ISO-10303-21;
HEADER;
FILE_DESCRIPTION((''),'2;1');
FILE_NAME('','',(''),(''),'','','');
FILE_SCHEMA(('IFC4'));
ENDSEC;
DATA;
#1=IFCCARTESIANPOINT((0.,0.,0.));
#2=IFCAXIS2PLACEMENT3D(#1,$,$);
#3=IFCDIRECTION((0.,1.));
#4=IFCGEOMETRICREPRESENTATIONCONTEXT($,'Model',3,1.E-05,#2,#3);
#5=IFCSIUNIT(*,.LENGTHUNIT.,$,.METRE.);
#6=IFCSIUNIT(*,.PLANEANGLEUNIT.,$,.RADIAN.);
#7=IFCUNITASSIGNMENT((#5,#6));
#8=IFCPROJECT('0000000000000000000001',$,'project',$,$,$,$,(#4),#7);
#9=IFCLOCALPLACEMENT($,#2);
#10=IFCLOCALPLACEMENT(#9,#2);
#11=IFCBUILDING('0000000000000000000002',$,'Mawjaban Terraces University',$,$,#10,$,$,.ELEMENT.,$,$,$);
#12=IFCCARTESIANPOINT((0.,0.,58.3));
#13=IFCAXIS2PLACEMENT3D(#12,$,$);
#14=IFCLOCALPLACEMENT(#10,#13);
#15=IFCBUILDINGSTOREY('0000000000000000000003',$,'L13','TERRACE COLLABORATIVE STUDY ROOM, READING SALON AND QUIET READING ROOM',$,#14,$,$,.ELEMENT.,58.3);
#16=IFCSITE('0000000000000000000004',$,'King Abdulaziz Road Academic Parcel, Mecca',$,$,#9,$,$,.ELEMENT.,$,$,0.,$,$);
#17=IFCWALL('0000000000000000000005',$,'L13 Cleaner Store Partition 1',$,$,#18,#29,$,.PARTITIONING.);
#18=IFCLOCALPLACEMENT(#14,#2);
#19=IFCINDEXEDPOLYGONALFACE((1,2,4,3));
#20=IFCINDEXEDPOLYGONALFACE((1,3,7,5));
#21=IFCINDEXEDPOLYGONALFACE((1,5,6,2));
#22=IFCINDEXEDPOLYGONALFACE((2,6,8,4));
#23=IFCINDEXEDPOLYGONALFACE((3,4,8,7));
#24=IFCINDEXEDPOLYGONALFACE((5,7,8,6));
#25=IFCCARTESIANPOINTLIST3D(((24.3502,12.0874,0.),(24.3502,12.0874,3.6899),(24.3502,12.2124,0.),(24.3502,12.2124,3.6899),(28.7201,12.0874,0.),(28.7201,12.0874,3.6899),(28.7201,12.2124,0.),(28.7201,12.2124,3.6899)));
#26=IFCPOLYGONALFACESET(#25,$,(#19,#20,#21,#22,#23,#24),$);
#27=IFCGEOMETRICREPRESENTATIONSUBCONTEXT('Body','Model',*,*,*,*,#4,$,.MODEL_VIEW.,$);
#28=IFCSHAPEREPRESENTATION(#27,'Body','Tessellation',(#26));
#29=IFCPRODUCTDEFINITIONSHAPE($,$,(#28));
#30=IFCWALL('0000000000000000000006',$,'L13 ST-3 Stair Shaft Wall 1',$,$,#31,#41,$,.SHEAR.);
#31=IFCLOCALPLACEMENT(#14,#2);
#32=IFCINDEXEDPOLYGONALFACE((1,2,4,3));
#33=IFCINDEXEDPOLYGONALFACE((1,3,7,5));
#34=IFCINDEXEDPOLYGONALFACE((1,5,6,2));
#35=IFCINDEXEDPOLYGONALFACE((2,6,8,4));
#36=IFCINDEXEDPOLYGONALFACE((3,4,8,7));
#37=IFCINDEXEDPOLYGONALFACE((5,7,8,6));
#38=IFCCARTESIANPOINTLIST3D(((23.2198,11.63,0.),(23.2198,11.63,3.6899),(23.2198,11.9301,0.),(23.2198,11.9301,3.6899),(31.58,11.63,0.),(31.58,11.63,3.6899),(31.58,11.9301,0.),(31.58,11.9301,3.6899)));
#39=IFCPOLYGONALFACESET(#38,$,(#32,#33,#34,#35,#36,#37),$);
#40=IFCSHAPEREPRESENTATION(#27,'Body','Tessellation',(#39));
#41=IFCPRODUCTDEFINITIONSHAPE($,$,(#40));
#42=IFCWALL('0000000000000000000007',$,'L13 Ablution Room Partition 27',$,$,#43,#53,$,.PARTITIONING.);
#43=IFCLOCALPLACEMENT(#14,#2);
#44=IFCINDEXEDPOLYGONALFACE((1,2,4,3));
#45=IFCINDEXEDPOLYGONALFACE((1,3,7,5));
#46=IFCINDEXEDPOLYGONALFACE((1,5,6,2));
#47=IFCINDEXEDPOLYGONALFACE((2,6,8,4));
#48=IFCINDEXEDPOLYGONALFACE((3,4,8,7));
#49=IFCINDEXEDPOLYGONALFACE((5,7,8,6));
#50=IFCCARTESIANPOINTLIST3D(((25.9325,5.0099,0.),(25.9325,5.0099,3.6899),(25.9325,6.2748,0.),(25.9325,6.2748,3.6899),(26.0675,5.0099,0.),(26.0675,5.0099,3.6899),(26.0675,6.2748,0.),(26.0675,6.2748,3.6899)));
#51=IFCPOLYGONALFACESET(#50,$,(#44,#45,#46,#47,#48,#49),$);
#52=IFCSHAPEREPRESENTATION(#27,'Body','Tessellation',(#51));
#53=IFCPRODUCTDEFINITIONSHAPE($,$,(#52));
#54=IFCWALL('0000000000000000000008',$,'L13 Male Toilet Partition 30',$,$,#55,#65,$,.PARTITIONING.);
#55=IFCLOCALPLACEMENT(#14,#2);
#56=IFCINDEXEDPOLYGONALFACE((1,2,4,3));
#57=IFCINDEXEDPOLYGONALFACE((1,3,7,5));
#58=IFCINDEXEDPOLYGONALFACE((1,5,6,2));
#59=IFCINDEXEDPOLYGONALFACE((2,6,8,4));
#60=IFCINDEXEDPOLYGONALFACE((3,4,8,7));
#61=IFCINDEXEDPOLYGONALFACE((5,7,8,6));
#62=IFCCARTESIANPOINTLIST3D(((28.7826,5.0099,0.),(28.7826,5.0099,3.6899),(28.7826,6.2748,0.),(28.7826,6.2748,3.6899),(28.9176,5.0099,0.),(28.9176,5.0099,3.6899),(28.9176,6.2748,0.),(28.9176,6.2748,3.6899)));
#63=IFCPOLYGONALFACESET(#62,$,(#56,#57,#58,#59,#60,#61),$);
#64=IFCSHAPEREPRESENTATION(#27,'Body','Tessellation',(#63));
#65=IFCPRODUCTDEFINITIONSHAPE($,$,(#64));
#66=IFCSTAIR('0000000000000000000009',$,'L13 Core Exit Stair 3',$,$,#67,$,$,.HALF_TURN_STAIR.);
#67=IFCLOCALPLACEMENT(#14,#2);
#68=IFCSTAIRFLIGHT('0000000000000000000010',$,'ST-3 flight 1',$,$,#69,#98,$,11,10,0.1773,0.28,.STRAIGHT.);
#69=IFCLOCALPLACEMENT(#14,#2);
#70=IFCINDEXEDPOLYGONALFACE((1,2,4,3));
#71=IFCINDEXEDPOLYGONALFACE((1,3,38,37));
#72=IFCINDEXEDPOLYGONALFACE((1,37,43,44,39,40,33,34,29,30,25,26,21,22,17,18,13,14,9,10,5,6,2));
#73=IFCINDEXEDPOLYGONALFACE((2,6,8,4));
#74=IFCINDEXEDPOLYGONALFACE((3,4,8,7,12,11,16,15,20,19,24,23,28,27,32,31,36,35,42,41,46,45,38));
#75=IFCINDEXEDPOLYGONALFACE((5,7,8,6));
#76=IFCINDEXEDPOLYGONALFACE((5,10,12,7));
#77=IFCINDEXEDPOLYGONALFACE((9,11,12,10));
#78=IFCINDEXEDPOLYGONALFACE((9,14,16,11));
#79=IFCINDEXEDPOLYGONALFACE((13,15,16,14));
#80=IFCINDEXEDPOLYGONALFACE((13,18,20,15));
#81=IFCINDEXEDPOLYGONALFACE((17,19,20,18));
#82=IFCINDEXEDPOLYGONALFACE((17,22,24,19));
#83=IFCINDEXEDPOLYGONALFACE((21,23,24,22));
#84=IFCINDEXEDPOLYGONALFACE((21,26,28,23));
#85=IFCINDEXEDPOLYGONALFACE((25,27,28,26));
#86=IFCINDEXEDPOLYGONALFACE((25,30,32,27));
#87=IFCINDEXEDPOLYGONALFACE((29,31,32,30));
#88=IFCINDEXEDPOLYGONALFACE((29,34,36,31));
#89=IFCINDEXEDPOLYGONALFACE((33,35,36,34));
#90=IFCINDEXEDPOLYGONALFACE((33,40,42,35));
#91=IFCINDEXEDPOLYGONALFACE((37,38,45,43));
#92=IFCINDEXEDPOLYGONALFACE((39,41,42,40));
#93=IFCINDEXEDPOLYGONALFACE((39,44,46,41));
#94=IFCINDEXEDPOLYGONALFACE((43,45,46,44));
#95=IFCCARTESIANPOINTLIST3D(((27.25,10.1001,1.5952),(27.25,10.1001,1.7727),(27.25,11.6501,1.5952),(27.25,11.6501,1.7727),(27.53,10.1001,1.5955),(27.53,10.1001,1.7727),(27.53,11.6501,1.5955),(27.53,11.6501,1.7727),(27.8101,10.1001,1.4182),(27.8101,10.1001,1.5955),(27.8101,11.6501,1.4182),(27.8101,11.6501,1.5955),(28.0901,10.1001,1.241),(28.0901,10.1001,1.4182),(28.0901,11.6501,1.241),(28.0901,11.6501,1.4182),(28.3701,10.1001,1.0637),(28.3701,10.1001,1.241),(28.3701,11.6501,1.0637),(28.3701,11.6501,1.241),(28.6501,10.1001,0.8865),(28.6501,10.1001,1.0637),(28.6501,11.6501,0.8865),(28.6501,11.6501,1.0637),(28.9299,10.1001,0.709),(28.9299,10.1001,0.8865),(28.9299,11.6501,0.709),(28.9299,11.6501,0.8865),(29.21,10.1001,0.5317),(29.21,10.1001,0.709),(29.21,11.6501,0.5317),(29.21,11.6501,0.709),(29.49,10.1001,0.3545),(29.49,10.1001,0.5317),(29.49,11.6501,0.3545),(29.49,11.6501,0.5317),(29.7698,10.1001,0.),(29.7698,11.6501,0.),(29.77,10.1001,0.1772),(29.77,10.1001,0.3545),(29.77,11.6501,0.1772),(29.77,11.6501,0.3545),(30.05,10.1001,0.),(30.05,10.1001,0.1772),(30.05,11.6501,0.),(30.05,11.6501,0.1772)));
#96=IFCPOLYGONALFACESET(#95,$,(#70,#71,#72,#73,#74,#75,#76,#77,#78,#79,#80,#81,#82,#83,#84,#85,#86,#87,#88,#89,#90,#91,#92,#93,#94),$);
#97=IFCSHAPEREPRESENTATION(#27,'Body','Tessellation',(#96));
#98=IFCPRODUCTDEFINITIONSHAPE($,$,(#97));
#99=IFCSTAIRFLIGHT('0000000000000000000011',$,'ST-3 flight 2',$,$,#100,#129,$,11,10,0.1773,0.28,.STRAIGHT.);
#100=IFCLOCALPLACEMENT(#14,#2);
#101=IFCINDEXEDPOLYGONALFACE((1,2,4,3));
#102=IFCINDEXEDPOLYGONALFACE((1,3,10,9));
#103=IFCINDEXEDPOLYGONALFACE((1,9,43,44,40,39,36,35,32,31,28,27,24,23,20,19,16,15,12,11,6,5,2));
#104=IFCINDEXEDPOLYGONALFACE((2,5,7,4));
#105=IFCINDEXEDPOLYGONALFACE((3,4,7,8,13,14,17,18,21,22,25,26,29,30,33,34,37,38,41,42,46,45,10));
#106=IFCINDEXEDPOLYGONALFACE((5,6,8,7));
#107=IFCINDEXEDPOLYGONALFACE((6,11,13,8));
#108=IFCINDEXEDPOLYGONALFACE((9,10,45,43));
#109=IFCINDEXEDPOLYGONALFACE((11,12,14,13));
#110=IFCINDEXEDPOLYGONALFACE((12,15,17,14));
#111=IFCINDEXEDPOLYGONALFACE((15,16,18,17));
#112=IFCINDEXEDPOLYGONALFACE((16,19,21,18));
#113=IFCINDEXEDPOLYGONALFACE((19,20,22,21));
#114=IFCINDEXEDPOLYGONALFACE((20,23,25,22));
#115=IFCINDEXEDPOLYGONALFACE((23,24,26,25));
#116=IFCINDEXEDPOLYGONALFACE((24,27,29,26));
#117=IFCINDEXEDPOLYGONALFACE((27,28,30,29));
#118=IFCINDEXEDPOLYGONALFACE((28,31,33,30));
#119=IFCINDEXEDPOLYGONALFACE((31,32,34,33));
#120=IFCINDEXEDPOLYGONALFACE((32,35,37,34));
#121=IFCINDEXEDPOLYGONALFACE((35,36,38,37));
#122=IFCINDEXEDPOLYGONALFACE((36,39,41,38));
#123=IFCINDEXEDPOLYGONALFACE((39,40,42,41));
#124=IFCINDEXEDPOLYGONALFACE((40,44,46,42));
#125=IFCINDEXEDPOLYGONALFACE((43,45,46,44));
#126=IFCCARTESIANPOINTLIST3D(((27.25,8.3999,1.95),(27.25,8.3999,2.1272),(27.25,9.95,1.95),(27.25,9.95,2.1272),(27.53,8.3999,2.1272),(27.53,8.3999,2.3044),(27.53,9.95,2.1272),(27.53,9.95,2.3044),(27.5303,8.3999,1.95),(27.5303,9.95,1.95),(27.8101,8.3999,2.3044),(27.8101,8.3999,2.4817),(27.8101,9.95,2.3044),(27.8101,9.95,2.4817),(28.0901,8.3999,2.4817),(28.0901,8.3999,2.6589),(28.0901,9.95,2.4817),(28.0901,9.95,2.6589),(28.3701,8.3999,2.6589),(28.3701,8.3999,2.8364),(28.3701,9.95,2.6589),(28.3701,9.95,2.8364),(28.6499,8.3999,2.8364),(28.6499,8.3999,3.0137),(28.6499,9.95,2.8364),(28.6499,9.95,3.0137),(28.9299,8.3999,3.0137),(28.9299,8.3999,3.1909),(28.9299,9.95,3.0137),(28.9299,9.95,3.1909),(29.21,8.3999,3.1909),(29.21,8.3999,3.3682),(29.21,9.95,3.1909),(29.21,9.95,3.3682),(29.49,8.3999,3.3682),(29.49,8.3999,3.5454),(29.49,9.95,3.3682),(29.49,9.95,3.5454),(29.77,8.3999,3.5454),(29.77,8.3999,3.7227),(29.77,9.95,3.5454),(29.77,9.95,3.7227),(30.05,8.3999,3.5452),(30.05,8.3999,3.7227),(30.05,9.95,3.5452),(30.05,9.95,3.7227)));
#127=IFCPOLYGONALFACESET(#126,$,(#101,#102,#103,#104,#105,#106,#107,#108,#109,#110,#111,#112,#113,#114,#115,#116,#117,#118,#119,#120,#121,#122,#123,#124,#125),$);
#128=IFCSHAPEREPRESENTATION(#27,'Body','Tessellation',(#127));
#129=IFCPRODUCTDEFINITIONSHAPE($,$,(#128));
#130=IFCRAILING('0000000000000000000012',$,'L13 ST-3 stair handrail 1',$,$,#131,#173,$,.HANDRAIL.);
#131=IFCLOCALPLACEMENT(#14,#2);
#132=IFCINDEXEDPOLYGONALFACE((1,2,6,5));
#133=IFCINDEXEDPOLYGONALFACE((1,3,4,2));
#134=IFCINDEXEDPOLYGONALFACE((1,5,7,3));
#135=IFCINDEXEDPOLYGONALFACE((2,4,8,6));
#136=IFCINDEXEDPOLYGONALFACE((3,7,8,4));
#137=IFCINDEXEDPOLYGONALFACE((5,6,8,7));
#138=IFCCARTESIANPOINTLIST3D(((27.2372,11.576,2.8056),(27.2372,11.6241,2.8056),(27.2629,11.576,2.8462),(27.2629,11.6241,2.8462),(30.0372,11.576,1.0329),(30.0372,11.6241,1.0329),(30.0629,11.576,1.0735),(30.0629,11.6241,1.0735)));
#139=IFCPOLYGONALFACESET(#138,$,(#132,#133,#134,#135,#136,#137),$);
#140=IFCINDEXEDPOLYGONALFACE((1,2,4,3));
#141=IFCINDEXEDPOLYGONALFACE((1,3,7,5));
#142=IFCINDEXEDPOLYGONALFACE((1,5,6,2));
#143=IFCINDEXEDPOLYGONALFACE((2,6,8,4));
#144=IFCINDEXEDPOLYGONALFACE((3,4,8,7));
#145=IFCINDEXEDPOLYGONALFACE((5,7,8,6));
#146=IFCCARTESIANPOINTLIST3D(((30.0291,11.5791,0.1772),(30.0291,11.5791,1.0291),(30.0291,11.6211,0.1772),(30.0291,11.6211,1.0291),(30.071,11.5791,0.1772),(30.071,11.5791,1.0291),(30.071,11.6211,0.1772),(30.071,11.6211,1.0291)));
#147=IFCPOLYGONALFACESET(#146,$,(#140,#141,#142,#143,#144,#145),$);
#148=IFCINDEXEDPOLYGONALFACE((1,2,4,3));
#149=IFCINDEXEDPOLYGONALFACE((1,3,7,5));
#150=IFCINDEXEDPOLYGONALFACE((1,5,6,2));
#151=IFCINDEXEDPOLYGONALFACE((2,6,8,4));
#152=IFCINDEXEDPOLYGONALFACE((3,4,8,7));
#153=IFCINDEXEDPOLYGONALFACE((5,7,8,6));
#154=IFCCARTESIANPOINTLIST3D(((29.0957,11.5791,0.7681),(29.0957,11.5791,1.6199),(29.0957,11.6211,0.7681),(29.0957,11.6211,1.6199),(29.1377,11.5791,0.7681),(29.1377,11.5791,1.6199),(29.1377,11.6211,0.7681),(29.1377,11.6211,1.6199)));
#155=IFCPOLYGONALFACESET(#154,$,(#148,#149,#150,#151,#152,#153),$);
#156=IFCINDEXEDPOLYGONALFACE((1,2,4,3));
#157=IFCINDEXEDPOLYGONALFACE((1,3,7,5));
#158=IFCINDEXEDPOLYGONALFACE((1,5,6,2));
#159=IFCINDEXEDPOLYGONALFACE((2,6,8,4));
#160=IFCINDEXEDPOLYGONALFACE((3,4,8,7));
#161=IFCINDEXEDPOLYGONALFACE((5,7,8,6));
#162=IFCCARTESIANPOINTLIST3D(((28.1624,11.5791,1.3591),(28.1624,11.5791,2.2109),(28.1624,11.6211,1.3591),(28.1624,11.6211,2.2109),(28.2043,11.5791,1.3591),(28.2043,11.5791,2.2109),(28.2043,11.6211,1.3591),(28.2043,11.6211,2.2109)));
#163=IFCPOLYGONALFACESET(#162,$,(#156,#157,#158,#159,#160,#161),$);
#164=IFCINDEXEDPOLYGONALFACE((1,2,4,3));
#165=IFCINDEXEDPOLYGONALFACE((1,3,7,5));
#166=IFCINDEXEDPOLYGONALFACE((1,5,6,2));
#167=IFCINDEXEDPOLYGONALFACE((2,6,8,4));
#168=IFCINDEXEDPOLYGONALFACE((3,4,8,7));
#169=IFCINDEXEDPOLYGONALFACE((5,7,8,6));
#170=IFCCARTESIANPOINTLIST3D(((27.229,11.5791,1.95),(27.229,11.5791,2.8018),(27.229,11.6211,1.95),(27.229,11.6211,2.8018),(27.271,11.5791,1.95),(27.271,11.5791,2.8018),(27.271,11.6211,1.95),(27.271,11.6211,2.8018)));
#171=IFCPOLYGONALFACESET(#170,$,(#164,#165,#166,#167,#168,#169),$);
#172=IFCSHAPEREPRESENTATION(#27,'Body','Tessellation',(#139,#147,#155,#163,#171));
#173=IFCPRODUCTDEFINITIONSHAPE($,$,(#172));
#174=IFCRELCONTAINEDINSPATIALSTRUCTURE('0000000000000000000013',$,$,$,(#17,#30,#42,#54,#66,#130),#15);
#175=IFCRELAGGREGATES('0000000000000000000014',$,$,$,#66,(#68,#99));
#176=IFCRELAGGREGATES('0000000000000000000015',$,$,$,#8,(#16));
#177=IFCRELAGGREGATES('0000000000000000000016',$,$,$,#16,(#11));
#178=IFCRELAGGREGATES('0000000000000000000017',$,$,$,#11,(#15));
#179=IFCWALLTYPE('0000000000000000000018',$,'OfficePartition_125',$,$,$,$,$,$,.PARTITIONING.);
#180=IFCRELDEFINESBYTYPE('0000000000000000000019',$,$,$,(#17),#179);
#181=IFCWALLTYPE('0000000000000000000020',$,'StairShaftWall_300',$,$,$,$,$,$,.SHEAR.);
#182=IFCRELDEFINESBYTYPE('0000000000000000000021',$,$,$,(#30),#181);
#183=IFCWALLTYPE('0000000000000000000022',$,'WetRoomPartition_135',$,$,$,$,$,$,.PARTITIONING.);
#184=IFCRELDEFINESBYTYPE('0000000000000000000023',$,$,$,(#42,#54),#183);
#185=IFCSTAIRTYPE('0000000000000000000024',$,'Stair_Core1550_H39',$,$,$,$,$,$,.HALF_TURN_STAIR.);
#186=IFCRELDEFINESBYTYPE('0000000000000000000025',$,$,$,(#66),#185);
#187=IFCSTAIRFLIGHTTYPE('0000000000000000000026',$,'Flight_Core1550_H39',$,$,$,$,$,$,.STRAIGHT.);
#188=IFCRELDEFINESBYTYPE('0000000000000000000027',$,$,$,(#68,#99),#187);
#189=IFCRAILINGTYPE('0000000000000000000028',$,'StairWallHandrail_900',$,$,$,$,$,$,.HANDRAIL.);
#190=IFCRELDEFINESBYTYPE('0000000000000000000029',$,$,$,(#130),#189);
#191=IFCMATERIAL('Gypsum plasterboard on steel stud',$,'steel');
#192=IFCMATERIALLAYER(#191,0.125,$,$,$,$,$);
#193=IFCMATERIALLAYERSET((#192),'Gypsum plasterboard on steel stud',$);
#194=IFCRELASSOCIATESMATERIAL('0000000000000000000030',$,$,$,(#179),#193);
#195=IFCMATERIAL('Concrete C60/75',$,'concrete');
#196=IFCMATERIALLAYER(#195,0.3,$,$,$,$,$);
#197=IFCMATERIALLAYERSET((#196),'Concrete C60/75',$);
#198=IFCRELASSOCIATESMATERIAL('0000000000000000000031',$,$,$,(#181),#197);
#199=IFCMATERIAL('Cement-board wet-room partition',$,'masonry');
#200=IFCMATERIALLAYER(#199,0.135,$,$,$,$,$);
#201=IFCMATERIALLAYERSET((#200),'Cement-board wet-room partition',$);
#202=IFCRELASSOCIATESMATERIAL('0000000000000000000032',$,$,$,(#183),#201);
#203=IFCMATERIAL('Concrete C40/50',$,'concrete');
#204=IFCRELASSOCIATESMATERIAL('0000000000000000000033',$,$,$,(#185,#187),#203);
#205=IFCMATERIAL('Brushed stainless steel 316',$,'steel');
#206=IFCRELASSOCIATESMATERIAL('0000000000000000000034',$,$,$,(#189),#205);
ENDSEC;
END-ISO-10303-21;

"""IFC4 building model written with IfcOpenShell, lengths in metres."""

from ifc_helpers import new_model, si_unit, direction, frame, frame_2d, origin, origin_2d, place, context, subcontext, project, spatial, polyline, rectangle, outline, extrude, material, layer, layer_set, type_object, element, aggregate, save


model = new_model("IFC4")

# Units and contexts
model_context = context("Model", 3, precision=1e-05, world=origin(), true_north=direction((0.0, 1.0)))
body_context = subcontext(model_context, "Body", "Model", "MODEL_VIEW")
ifc_project = project(units=[si_unit("LENGTHUNIT", "METRE"), si_unit("PLANEANGLEUNIT", "RADIAN")], contexts=[model_context])

# Site, building, storey
site_placement = place(None, origin())
site = spatial("IfcSite", under=ifc_project, at=site_placement, Name="King Abdulaziz Road Academic Parcel, Mecca", CompositionType="ELEMENT", RefElevation=0.0)
building_placement = place(site_placement, origin())
building = spatial("IfcBuilding", under=site, at=building_placement, Name="Mawjaban Terraces University", CompositionType="ELEMENT")
storey_placement = place(building_placement, frame((0.0, 0.0, 58.3)))
storey = spatial("IfcBuildingStorey", under=building, at=storey_placement, Name="L13", Description="TERRACE COLLABORATIVE STUDY ROOM, READING SALON AND QUIET READING ROOM", CompositionType="ELEMENT", Elevation=58.3)

# Shared definitions
ifc_material_1 = material(Name="Concrete C40/50", Category="concrete")

# Walls
ifc_material_2 = material(Name="Gypsum plasterboard on steel stud", Category="steel")
ifc_layer_1 = layer(ifc_material_2, 0.125)
ifc_layer_set_1 = layer_set([ifc_layer_1], Name="Gypsum plasterboard on steel stud")
wall_type_1 = type_object("IfcWallType", Name="OfficePartition_125", PredefinedType="PARTITIONING", material=ifc_layer_set_1)
wall_1_placement = place(storey_placement, frame((24.3501, 12.1499, 0.0), z_axis=(0.0, 0.0, 1.0), x_axis=(1.0, 0.0, 0.0)))
element("IfcWall", 1, at=wall_1_placement, inside=storey, type_object=wall_type_1, Name="L13 Cleaner Store Partition 1", PredefinedType="PARTITIONING", context=body_context, shape_type="SweptSolid", body=[
    extrude(rectangle(XDim=4.3699, YDim=0.125, at=frame_2d((2.1851, 0.0))), origin(), (0.0, 0.0, 1.0), 3.6899),
])
ifc_material_3 = material(Name="Concrete C60/75", Category="concrete")
ifc_layer_2 = layer(ifc_material_3, 0.3)
ifc_layer_set_2 = layer_set([ifc_layer_2], Name="Concrete C60/75")
wall_type_2 = type_object("IfcWallType", Name="StairShaftWall_300", PredefinedType="SHEAR", material=ifc_layer_set_2)
wall_2_placement = place(storey_placement, frame((31.5801, 11.78, 0.0), z_axis=(0.0, 0.0, 1.0), x_axis=(-1.0, 0.0, 0.0)))
element("IfcWall", 2, at=wall_2_placement, inside=storey, type_object=wall_type_2, Name="L13 ST-3 Stair Shaft Wall 1", PredefinedType="SHEAR", context=body_context, shape_type="SweptSolid", body=[
    extrude(rectangle(XDim=8.3601, YDim=0.3, at=frame_2d((4.1802, 0.0))), origin(), (0.0, 0.0, 1.0), 3.6899),
])

# Walls
ifc_material_4 = material(Name="Cement-board wet-room partition", Category="masonry")
ifc_layer_3 = layer(ifc_material_4, 0.135)
ifc_layer_set_3 = layer_set([ifc_layer_3], Name="Cement-board wet-room partition")
wall_type_3 = type_object("IfcWallType", Name="WetRoomPartition_135", PredefinedType="PARTITIONING", material=ifc_layer_set_3)
for number, where, z_axis, x_axis, name in (
    (3, (26.0, 5.01, 0.0), (0.0, 0.0, 1.0), (0.0, 1.0, 0.0), "L13 Ablution Room Partition 27"),
    (4, (28.8501, 5.01, 0.0), (0.0, 0.0, 1.0), (0.0, 1.0, 0.0), "L13 Male Toilet Partition 30"),
):
    element("IfcWall", number, at=place(storey_placement, frame(where, z_axis=z_axis, x_axis=x_axis)), inside=storey, type_object=wall_type_3, Name=name, PredefinedType="PARTITIONING", context=body_context, shape_type="SweptSolid", body=[
        extrude(rectangle(XDim=1.2649, YDim=0.135, at=frame_2d((0.6323, 0.0))), origin(), (0.0, 0.0, 1.0), 3.6899),
    ])

# Stair, stair flights
stair_type = type_object("IfcStairType", Name="Stair_Core1550_H39", PredefinedType="HALF_TURN_STAIR", material=ifc_material_1)
stair_placement = place(storey_placement, origin())
stair = element("IfcStair", 5, at=stair_placement, inside=storey, type_object=stair_type, Name="L13 Core Exit Stair 3", PredefinedType="HALF_TURN_STAIR")
stair_flight_type = type_object("IfcStairFlightType", Name="Flight_Core1550_H39", PredefinedType="STRAIGHT", material=ifc_material_1)
stair_flight_1_placement = place(storey_placement, frame((30.05, 10.875, 0.0), z_axis=(0.0, 0.0, 1.0), x_axis=(-1.0, 0.0, 0.0)))
stair_flight_1 = element("IfcStairFlight", 6, at=stair_flight_1_placement, type_object=stair_flight_type, Name="ST-3 flight 1", NumberOfRisers=11, NumberOfTreads=10, PredefinedType="STRAIGHT", RiserHeight=0.1773, TreadLength=0.28, context=body_context, shape_type="SweptSolid", body=[
    extrude(outline(polyline([(0.0, 0.0), (0.0, 0.1772), (0.28, 0.1772), (0.28, 0.3545), (0.5601, 0.3545), (0.5601, 0.5317), (0.8401, 0.5317), (0.8401, 0.709), (1.1201, 0.709), (1.1201, 0.8865), (1.3999, 0.8865), (1.3999, 1.0637), (1.6799, 1.0637), (1.6799, 1.241), (1.96, 1.241), (1.96, 1.4182), (2.24, 1.4182), (2.24, 1.5955), (2.52, 1.5955), (2.52, 1.7727), (2.8, 1.7727), (2.8, 1.95), (2.8, 1.5952), (0.2803, 0.0), (0.0, 0.0)])), frame((0.0, 0.7749, 0.0), z_axis=(0.0, -1.0, 0.0), x_axis=(1.0, 0.0, 0.0)), (0.0, 0.0, 1.0), 1.55),
])
stair_flight_2_placement = place(storey_placement, frame((27.25, 9.175, 1.95), z_axis=(0.0, 0.0, 1.0), x_axis=(1.0, 0.0, 0.0)))
stair_flight_2 = element("IfcStairFlight", 7, at=stair_flight_2_placement, type_object=stair_flight_type, Name="ST-3 flight 2", NumberOfRisers=11, NumberOfTreads=10, PredefinedType="STRAIGHT", RiserHeight=0.1773, TreadLength=0.28, context=body_context, shape_type="SweptSolid", body=[
    extrude(outline(polyline([(0.0, 0.0), (0.0, 0.1772), (0.28, 0.1772), (0.28, 0.3545), (0.5601, 0.3545), (0.5601, 0.5317), (0.8401, 0.5317), (0.8401, 0.709), (1.1201, 0.709), (1.1201, 0.8865), (1.3999, 0.8865), (1.3999, 1.0637), (1.6799, 1.0637), (1.6799, 1.241), (1.96, 1.241), (1.96, 1.4182), (2.24, 1.4182), (2.24, 1.5955), (2.52, 1.5955), (2.52, 1.7727), (2.8, 1.7727), (2.8, 1.95), (2.8, 1.5952), (0.2803, 0.0), (0.0, 0.0)])), frame((0.0, 0.7749, 0.0), z_axis=(0.0, -1.0, 0.0), x_axis=(1.0, 0.0, 0.0)), (0.0, 0.0, 1.0), 1.55),
])
aggregate(stair, [stair_flight_1, stair_flight_2])

# Railing
ifc_material_5 = material(Name="Brushed stainless steel 316", Category="steel")
railing_type_1 = type_object("IfcRailingType", Name="StairWallHandrail_900", PredefinedType="HANDRAIL", material=ifc_material_5)
railing_1_placement = place(storey_placement, frame((30.05, 11.6001, 0.1772)))
element("IfcRailing", 8, at=railing_1_placement, inside=storey, type_object=railing_type_1, Name="L13 ST-3 stair handrail 1", PredefinedType="HANDRAIL", context=body_context, shape_type="SweptSolid", body=[
    extrude(rectangle(XDim=0.0481, YDim=0.0481, at=origin_2d()), frame((0.0, 0.0, 0.876), z_axis=(-0.844909, 0.0, 0.53491), x_axis=(0.0, -1.0, 0.0)), (0.0, 0.0, 1.0), 3.314),
    extrude(rectangle(XDim=0.042, YDim=0.042, at=origin_2d()), origin(), (0.0, 0.0, 1.0), 0.8518),
    extrude(rectangle(XDim=0.042, YDim=0.042, at=origin_2d()), frame((-0.9333, 0.0, 0.5908)), (0.0, 0.0, 1.0), 0.8518),
    extrude(rectangle(XDim=0.042, YDim=0.042, at=origin_2d()), frame((-1.8667, 0.0, 1.1819)), (0.0, 0.0, 1.0), 0.8518),
    extrude(rectangle(XDim=0.042, YDim=0.042, at=origin_2d()), frame((-2.8, 0.0, 1.7727)), (0.0, 0.0, 1.0), 0.8518),
])

save(model, "model.ifc")
